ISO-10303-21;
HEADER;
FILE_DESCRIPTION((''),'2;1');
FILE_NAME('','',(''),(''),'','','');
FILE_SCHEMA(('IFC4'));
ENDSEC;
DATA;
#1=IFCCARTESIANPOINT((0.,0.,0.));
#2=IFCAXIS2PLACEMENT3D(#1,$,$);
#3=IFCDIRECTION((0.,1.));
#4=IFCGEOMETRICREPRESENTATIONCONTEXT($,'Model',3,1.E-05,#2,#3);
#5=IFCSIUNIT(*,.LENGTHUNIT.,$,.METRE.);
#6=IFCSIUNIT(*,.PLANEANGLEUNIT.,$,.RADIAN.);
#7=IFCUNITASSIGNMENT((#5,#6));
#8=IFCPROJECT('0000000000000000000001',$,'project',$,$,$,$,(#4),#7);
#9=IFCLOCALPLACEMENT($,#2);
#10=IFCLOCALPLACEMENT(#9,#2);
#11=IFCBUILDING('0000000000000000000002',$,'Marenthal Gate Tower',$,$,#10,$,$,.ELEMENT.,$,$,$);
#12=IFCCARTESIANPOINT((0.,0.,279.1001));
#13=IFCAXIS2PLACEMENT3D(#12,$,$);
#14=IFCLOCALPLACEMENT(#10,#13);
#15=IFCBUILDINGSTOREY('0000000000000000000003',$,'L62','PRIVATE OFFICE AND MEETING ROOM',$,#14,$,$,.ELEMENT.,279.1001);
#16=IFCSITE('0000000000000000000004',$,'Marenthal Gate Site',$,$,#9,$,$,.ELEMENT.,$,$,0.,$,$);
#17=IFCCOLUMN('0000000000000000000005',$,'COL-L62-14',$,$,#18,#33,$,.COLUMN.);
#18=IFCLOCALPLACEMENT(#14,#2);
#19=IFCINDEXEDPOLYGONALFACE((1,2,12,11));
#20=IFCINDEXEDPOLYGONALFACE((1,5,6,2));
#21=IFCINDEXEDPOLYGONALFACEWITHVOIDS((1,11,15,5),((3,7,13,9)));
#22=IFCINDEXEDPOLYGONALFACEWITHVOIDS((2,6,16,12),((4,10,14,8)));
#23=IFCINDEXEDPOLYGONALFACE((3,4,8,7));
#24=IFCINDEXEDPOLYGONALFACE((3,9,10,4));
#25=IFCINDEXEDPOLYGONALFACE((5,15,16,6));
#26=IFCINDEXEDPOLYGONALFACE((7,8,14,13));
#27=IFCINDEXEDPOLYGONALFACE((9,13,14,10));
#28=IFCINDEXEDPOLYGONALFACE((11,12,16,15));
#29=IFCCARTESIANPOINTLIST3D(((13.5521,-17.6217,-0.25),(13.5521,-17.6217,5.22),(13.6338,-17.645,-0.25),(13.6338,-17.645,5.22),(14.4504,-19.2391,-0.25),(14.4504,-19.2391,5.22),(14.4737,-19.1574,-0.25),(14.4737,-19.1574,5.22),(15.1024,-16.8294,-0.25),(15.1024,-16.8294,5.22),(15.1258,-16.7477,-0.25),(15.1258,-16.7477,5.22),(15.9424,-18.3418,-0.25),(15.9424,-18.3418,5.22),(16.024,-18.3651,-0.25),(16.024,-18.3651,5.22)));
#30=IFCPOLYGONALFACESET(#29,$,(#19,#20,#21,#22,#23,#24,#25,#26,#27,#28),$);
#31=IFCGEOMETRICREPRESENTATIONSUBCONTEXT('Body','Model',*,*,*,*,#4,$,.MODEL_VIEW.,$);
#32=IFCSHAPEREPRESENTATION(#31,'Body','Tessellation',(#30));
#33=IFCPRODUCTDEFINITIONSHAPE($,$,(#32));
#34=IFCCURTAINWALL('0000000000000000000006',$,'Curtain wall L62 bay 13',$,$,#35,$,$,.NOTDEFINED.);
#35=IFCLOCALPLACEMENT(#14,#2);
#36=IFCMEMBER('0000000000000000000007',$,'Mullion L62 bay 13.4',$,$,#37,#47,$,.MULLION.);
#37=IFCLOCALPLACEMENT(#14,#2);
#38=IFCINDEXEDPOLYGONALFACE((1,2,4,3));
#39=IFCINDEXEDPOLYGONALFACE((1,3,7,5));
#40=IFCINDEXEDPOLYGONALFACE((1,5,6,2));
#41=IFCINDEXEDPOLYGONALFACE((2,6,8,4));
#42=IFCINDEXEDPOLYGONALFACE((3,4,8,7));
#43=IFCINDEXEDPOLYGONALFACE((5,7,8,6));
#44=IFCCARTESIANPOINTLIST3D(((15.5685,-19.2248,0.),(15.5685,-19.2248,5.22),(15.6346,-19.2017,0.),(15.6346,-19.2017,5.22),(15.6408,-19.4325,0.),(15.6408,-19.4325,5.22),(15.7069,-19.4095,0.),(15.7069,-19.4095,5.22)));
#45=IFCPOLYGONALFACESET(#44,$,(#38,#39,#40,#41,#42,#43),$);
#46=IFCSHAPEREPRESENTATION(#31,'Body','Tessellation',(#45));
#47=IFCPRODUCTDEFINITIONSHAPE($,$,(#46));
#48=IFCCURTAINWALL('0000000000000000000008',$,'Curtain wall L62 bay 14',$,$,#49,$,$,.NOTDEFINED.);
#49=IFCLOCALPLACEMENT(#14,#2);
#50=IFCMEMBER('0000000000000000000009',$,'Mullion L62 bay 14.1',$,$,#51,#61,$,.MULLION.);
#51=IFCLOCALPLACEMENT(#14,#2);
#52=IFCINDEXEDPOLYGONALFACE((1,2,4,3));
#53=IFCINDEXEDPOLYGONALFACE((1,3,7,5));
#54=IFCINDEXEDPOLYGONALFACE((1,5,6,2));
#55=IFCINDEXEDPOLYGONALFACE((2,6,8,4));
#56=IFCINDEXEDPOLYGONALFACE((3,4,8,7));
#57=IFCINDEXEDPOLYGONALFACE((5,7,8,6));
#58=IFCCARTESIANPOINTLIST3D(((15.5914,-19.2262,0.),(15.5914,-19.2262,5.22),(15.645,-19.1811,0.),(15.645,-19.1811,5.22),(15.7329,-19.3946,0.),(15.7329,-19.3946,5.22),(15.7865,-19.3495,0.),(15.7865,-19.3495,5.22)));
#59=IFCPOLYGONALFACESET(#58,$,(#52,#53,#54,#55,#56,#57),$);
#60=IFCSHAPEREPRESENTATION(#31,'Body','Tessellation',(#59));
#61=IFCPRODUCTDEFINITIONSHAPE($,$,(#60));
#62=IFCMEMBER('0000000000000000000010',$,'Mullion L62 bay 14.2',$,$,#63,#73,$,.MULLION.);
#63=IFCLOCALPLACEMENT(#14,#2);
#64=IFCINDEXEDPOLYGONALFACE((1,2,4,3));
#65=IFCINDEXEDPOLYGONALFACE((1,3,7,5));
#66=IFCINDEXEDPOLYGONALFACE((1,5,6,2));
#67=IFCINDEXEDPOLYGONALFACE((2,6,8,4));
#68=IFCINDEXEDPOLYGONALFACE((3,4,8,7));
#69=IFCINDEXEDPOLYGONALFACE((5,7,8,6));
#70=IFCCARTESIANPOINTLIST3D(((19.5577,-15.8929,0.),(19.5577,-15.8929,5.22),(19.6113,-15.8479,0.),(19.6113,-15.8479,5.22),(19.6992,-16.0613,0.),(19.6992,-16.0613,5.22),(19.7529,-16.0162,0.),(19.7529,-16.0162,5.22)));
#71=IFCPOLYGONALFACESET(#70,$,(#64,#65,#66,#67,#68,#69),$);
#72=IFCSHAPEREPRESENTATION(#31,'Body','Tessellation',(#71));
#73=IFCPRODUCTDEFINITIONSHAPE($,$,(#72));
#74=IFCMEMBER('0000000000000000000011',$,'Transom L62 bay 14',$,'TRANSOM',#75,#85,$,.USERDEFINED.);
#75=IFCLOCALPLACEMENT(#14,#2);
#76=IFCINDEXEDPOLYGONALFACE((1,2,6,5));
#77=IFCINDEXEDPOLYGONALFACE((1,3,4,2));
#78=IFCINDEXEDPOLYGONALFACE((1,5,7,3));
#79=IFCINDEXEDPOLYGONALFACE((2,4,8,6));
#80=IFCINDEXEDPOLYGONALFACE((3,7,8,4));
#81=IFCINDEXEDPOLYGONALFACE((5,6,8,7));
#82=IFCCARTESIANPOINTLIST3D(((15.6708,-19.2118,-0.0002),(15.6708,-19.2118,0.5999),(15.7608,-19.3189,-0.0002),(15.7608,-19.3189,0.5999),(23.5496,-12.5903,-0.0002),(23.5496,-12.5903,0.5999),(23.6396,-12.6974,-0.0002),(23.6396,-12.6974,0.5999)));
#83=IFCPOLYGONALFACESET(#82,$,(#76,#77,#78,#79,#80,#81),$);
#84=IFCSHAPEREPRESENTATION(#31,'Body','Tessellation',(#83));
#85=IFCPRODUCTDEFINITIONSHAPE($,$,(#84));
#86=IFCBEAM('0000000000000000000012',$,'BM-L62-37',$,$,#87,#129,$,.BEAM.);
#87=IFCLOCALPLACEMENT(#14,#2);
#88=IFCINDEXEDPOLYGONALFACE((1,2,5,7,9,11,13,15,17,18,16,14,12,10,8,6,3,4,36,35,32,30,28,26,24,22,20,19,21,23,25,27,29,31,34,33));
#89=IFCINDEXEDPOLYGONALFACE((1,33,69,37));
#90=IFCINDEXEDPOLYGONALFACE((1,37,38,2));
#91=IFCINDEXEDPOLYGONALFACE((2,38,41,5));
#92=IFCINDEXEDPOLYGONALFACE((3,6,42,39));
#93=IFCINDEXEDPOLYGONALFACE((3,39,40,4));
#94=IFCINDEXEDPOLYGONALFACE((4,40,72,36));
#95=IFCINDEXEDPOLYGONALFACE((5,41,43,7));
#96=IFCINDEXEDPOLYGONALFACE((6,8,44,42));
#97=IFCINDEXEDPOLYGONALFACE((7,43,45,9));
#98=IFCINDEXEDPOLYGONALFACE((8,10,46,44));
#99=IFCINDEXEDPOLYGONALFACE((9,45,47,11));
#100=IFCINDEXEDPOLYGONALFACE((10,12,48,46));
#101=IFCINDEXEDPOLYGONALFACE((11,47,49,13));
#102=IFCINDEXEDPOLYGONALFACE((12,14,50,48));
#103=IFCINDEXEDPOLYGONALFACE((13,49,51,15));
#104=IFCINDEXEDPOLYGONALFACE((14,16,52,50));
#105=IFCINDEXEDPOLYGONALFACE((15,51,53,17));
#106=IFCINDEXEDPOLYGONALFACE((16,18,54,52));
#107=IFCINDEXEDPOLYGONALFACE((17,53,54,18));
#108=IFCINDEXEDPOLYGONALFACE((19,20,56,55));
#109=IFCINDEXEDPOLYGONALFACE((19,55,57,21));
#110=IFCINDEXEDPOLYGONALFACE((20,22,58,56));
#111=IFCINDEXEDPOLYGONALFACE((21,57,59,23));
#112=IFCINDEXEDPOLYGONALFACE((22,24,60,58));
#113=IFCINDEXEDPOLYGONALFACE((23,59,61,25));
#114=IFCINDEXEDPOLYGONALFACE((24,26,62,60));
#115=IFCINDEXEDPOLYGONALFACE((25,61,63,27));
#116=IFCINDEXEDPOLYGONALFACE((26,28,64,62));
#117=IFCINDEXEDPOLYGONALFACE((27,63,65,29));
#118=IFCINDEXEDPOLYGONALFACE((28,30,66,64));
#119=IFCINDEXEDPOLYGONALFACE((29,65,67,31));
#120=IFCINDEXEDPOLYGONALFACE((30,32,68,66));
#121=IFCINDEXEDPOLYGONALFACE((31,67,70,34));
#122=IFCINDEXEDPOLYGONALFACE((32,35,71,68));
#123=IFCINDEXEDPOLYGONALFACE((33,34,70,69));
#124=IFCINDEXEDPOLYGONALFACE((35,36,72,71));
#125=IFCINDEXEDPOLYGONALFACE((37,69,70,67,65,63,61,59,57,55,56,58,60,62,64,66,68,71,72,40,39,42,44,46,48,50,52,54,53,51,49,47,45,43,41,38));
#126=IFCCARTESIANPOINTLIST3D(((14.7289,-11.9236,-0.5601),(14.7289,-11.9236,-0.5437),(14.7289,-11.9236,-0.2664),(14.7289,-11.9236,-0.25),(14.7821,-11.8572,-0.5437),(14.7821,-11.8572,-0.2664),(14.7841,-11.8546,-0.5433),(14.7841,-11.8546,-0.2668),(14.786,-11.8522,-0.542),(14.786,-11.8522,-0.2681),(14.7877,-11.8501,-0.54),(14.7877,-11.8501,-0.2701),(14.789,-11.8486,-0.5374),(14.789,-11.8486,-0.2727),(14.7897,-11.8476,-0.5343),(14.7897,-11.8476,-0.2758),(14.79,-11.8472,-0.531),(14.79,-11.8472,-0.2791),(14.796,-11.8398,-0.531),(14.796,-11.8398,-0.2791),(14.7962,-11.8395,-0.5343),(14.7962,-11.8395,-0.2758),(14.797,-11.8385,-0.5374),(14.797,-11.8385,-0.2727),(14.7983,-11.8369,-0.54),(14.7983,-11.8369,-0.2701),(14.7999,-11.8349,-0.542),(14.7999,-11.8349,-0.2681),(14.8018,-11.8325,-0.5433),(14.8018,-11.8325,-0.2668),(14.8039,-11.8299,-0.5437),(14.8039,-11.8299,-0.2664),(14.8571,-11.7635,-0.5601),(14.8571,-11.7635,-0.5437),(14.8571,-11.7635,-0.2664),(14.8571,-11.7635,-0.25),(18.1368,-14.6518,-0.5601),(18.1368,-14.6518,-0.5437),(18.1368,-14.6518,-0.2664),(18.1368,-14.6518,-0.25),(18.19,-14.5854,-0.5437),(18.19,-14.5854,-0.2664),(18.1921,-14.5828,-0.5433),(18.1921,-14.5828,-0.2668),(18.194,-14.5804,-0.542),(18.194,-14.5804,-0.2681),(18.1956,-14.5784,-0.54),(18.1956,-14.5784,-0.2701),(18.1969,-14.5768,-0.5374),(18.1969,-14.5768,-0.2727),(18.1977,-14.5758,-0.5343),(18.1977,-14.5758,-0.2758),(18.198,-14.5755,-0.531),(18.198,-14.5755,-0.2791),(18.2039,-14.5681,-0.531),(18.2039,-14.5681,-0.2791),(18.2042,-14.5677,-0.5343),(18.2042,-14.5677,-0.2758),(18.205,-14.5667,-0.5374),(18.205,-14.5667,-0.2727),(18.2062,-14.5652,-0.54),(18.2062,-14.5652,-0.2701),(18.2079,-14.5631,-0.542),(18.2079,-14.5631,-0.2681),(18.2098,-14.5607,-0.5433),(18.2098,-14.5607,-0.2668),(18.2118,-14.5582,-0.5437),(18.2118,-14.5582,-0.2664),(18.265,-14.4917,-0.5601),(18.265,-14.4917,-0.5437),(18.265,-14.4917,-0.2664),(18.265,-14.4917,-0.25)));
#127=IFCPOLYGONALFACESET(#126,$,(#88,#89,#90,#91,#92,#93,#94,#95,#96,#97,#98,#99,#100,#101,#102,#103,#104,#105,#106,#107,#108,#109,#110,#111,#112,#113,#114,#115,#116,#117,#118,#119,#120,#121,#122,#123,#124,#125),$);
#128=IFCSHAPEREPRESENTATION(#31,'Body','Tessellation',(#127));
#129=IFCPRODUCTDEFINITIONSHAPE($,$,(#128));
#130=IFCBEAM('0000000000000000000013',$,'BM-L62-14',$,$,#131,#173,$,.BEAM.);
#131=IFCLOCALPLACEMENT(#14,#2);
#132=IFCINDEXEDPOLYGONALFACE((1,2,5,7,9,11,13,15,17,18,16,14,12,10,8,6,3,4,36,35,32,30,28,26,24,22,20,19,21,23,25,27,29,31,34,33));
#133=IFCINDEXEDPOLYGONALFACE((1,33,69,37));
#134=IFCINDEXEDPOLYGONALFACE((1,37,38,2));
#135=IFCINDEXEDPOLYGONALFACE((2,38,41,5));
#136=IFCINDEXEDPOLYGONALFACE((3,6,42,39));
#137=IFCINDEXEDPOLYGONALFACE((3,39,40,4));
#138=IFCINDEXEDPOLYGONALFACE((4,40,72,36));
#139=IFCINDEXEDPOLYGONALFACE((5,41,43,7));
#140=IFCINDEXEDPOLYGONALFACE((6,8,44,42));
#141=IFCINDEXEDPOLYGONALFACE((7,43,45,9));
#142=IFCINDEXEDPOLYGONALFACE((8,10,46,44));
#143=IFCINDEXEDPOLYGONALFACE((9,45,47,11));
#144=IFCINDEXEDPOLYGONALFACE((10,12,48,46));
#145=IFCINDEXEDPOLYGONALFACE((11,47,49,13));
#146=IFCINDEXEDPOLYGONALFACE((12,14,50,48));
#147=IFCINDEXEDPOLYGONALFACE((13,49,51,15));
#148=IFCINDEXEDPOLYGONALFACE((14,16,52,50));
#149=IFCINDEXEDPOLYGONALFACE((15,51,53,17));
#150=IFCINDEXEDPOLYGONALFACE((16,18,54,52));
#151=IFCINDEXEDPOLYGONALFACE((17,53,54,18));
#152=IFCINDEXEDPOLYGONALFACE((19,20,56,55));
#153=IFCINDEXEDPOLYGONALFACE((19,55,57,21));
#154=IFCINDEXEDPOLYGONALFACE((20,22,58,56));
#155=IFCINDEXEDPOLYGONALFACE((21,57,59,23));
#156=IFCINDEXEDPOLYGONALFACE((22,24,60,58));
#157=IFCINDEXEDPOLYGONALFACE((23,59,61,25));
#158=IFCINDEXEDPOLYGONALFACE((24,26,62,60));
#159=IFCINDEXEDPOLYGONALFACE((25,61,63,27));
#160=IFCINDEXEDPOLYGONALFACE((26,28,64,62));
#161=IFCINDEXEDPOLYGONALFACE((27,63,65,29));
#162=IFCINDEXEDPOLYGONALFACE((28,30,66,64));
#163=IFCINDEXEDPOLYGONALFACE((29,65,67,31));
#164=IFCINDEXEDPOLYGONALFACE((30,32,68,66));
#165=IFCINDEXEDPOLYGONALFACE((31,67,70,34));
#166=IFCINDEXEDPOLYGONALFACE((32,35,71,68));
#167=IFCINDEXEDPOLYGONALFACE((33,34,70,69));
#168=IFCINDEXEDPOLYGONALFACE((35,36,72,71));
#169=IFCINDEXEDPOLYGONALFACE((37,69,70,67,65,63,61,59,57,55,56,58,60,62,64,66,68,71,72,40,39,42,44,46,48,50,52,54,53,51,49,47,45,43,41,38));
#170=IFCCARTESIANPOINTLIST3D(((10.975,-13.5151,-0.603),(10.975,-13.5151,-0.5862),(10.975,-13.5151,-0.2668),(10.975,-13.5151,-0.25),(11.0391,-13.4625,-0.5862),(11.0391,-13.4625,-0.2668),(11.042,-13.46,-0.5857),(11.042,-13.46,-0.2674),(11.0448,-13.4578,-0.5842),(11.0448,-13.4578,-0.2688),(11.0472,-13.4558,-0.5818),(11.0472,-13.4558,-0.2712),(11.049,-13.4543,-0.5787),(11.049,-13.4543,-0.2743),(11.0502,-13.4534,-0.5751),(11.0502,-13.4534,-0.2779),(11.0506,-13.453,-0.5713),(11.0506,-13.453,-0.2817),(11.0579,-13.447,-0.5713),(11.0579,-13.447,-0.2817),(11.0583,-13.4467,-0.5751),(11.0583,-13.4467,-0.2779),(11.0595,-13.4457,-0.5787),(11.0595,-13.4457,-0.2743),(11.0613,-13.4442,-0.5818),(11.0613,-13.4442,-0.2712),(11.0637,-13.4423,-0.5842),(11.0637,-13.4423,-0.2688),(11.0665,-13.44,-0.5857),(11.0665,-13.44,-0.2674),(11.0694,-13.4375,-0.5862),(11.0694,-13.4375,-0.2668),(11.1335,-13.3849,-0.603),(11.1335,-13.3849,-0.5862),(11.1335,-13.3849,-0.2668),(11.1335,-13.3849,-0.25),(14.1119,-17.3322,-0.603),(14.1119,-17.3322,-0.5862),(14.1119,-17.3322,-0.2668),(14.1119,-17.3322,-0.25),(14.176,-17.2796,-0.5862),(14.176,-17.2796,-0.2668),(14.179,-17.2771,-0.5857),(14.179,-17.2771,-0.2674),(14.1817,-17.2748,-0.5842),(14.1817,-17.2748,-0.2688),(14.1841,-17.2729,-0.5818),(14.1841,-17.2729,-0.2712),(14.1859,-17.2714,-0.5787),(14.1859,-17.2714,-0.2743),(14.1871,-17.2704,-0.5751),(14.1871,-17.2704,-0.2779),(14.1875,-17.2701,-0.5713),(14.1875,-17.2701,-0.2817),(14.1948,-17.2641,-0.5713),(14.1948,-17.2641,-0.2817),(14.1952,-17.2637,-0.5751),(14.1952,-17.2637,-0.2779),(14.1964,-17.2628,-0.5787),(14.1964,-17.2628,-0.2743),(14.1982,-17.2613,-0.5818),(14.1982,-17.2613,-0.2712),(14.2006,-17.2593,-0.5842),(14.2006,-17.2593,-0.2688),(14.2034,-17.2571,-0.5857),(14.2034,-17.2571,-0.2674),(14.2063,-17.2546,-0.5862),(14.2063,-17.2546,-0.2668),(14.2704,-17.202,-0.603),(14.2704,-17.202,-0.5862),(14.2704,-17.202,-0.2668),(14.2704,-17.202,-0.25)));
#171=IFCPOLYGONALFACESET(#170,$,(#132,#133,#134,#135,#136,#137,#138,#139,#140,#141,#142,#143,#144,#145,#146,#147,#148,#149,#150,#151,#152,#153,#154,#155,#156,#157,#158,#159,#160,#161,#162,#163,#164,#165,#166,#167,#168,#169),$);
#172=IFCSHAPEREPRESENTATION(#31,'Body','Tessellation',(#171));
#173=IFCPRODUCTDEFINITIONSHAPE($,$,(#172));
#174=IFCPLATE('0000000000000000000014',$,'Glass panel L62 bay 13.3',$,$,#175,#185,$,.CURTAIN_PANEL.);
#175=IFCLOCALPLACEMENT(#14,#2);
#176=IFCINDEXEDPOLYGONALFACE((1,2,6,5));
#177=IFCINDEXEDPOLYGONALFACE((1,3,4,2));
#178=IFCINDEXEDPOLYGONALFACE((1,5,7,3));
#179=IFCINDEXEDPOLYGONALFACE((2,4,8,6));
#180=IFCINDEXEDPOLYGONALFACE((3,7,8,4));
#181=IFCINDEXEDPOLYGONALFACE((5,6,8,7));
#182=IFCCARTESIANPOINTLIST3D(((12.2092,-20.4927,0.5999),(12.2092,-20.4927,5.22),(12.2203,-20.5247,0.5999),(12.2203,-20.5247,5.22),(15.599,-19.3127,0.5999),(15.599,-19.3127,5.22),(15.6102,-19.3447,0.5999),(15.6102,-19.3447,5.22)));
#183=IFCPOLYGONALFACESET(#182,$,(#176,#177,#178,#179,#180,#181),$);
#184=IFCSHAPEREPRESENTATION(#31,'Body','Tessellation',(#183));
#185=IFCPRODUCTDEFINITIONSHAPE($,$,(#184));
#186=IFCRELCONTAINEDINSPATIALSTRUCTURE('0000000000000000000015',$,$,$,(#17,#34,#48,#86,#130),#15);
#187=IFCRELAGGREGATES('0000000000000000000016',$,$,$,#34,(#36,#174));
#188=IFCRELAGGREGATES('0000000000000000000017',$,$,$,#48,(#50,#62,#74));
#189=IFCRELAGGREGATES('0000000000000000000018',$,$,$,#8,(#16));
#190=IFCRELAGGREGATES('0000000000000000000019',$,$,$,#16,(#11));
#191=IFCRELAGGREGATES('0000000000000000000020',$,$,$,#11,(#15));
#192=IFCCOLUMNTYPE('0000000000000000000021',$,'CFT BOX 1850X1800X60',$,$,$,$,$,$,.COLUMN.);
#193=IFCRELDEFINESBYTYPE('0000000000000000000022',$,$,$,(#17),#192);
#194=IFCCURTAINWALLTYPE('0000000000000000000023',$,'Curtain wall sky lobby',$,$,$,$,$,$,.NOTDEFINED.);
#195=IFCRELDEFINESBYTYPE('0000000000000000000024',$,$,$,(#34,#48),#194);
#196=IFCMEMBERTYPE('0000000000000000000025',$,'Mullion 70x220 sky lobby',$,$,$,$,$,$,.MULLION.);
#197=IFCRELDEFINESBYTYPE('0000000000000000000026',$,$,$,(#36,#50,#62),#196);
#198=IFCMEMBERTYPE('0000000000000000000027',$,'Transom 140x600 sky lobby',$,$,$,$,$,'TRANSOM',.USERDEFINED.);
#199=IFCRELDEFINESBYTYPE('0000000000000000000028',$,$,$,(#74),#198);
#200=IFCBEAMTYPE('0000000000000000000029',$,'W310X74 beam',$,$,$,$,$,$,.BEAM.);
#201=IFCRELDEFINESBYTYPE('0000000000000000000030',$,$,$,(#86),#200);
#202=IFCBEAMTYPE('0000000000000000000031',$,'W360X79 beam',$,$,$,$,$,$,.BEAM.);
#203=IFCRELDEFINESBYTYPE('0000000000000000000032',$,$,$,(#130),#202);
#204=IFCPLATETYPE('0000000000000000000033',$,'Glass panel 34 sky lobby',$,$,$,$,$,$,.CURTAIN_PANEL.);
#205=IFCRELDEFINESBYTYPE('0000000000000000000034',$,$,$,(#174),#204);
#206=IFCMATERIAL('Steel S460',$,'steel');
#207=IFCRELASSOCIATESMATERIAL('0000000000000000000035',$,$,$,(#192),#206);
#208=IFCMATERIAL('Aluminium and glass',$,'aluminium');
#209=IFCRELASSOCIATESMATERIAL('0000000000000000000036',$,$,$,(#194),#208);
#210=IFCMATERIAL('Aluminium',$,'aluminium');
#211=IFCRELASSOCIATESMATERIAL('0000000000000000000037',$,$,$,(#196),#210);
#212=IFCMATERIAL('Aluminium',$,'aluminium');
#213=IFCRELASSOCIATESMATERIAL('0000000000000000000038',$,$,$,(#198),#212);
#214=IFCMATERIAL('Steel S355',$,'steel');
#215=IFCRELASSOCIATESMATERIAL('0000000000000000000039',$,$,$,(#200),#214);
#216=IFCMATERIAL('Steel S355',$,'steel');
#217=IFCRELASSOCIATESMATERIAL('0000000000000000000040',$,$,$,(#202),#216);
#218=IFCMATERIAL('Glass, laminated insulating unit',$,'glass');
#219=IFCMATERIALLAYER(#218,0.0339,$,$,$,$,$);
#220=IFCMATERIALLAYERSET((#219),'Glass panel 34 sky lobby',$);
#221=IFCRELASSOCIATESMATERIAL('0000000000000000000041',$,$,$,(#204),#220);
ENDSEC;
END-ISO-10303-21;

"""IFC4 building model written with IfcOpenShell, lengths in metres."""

from ifc_helpers import new_model, si_unit, direction, frame, origin, origin_2d, place, context, subcontext, project, spatial, rectangle, hollow_rectangle, i_section, extrude, material, layer, layer_set, material_profile, profile_set, type_object, element, aggregate, save


model = new_model("IFC4")

# Units and contexts
model_context = context("Model", 3, precision=1e-05, world=origin(), true_north=direction((0.0, 1.0)))
body_context = subcontext(model_context, "Body", "Model", "MODEL_VIEW")
ifc_project = project(units=[si_unit("LENGTHUNIT", "METRE"), si_unit("PLANEANGLEUNIT", "RADIAN")], contexts=[model_context])

# Site, building, storey
site_placement = place(None, origin())
site = spatial("IfcSite", under=ifc_project, at=site_placement, Name="Marenthal Gate Site", CompositionType="ELEMENT", RefElevation=0.0)
building_placement = place(site_placement, origin())
building = spatial("IfcBuilding", under=site, at=building_placement, Name="Marenthal Gate Tower", CompositionType="ELEMENT")
storey_placement = place(building_placement, frame((0.0, 0.0, 279.1001)))
storey = spatial("IfcBuildingStorey", under=building, at=storey_placement, Name="L62", Description="PRIVATE OFFICE AND MEETING ROOM", CompositionType="ELEMENT", Elevation=279.1001)

# Column
ifc_material_1 = material(Name="Steel S460", Category="steel")
ifc_material_profile_1 = material_profile(ifc_material_1, hollow_rectangle(XDim=1.8, YDim=1.8501, WallThickness=0.0601, at=origin_2d()), Name="CFT BOX 1850X1800X60")
ifc_material_2 = material(Name="Concrete 70 MPa", Category="concrete")
ifc_material_profile_2 = material_profile(ifc_material_2, rectangle(XDim=1.6799, YDim=1.73, at=origin_2d()), Name="CFT BOX 1850X1800X60 INFILL")
ifc_profile_set_1 = profile_set([ifc_material_profile_1, ifc_material_profile_2], Name="Steel S460 shell, Concrete 70 MPa infill")
column_type = type_object("IfcColumnType", Name="CFT BOX 1850X1800X60", PredefinedType="COLUMN", material=ifc_profile_set_1)
column_placement = place(storey_placement, frame((14.7881, -17.9934, -0.25), z_axis=(0.0, 0.0, 1.0), x_axis=(-0.874222, -0.485527, 0.0)))
element("IfcColumn", 1, at=column_placement, inside=storey, type_object=column_type, Name="COL-L62-14", PredefinedType="COLUMN", context=body_context, shape_type="SweptSolid", body=[
    extrude(hollow_rectangle(XDim=1.8, YDim=1.8501, WallThickness=0.0601, at=origin_2d()), origin(), (0.0, 0.0, 1.0), 5.47),
])

# Curtain wall, member
ifc_material_3 = material(Name="Aluminium and glass", Category="aluminium")
curtain_wall_type = type_object("IfcCurtainWallType", Name="Curtain wall sky lobby", PredefinedType="NOTDEFINED", material=ifc_material_3)
curtain_wall_1_placement = place(storey_placement, origin())
curtain_wall_1 = element("IfcCurtainWall", 2, at=curtain_wall_1_placement, inside=storey, type_object=curtain_wall_type, Name="Curtain wall L62 bay 13", PredefinedType="NOTDEFINED")
ifc_material_4 = material(Name="Aluminium", Category="aluminium")
ifc_material_profile_3 = material_profile(ifc_material_4, rectangle(XDim=0.22, YDim=0.0701, at=origin_2d()), Name="70x220 aluminium mullion")
ifc_profile_set_2 = profile_set([ifc_material_profile_3], Name="Aluminium")
member_type_1 = type_object("IfcMemberType", Name="Mullion 70x220 sky lobby", PredefinedType="MULLION", material=ifc_profile_set_2)
member_1_placement = place(storey_placement, frame((15.6377, -19.3171, 0.0), z_axis=(0.0, 0.0, 1.0), x_axis=(-0.328757, 0.944415, 0.0)))
member_1 = element("IfcMember", 3, at=member_1_placement, type_object=member_type_1, Name="Mullion L62 bay 13.4", PredefinedType="MULLION", context=body_context, shape_type="SweptSolid", body=[
    extrude(rectangle(XDim=0.22, YDim=0.0701, at=origin_2d()), origin(), (0.0, 0.0, 1.0), 5.22),
])

# Curtain wall, members
curtain_wall_2_placement = place(storey_placement, origin())
curtain_wall_2 = element("IfcCurtainWall", 4, at=curtain_wall_2_placement, inside=storey, type_object=curtain_wall_type, Name="Curtain wall L62 bay 14", PredefinedType="NOTDEFINED")
member_2_placement = place(storey_placement, frame((15.689, -19.2878, 0.0), z_axis=(0.0, 0.0, 1.0), x_axis=(-0.64338, 0.765547, 0.0)))
member_2 = element("IfcMember", 5, at=member_2_placement, type_object=member_type_1, Name="Mullion L62 bay 14.1", PredefinedType="MULLION", context=body_context, shape_type="SweptSolid", body=[
    extrude(rectangle(XDim=0.22, YDim=0.0701, at=origin_2d()), origin(), (0.0, 0.0, 1.0), 5.22),
])
member_3_placement = place(storey_placement, frame((19.6553, -15.9546, 0.0), z_axis=(0.0, 0.0, 1.0), x_axis=(-0.64338, 0.765547, 0.0)))
member_3 = element("IfcMember", 6, at=member_3_placement, type_object=member_type_1, Name="Mullion L62 bay 14.2", PredefinedType="MULLION", context=body_context, shape_type="SweptSolid", body=[
    extrude(rectangle(XDim=0.22, YDim=0.0701, at=origin_2d()), origin(), (0.0, 0.0, 1.0), 5.22),
])
ifc_material_5 = material(Name="Aluminium", Category="aluminium")
ifc_material_profile_4 = material_profile(ifc_material_5, rectangle(XDim=0.1399, YDim=0.6001, at=origin_2d()), Name="140x600 aluminium transom")
ifc_profile_set_3 = profile_set([ifc_material_profile_4], Name="Aluminium")
member_type_2 = type_object("IfcMemberType", Name="Transom 140x600 sky lobby", ElementType="TRANSOM", PredefinedType="USERDEFINED", material=ifc_profile_set_3)
member_4_placement = place(storey_placement, frame((15.7158, -19.2654, 0.2998), z_axis=(0.765547, 0.64338, 0.0), x_axis=(-0.64338, 0.765547, 0.0)))
member_4 = element("IfcMember", 7, at=member_4_placement, type_object=member_type_2, Name="Transom L62 bay 14", ObjectType="TRANSOM", PredefinedType="USERDEFINED", context=body_context, shape_type="SweptSolid", body=[
    extrude(rectangle(XDim=0.1399, YDim=0.6001, at=origin_2d()), origin(), (0.0, 0.0, 1.0), 10.2917),
])

# Beams
ifc_material_6 = material(Name="Steel S355", Category="steel")
ifc_material_profile_5 = material_profile(ifc_material_6, i_section(OverallWidth=0.2051, OverallDepth=0.3101, WebThickness=0.0095, FlangeThickness=0.0164, FilletRadius=0.0127, at=origin_2d()), Name="W310X74")
ifc_profile_set_4 = profile_set([ifc_material_profile_5], Name="Steel S355")
beam_type_1 = type_object("IfcBeamType", Name="W310X74 beam", PredefinedType="BEAM", material=ifc_profile_set_4)
beam_1_placement = place(storey_placement, frame((18.2009, -14.5718, -0.405), z_axis=(-0.780656, 0.624961, 0.0), x_axis=(-0.624961, -0.780656, 0.0)))
element("IfcBeam", 8, at=beam_1_placement, inside=storey, type_object=beam_type_1, Name="BM-L62-37", PredefinedType="BEAM", context=body_context, shape_type="SweptSolid", body=[
    extrude(i_section(OverallWidth=0.2051, OverallDepth=0.3101, WebThickness=0.0095, FlangeThickness=0.0164, FilletRadius=0.0127, at=origin_2d()), origin(), (0.0, 0.0, 1.0), 4.3655),
])
ifc_material_7 = material(Name="Steel S355", Category="steel")
ifc_material_profile_6 = material_profile(ifc_material_7, i_section(OverallWidth=0.2051, OverallDepth=0.353, WebThickness=0.0095, FlangeThickness=0.0168, FilletRadius=0.0149, at=origin_2d()), Name="W360X79")
ifc_profile_set_5 = profile_set([ifc_material_profile_6], Name="Steel S355")
beam_type_2 = type_object("IfcBeamType", Name="W360X79 beam", PredefinedType="BEAM", material=ifc_profile_set_5)
beam_2_placement = place(storey_placement, frame((14.1912, -17.2671, -0.4265), z_axis=(-0.634915, 0.772582, 0.0), x_axis=(-0.772582, -0.634915, 0.0)))
element("IfcBeam", 9, at=beam_2_placement, inside=storey, type_object=beam_type_2, Name="BM-L62-14", PredefinedType="BEAM", context=body_context, shape_type="SweptSolid", body=[
    extrude(i_section(OverallWidth=0.2051, OverallDepth=0.353, WebThickness=0.0095, FlangeThickness=0.0168, FilletRadius=0.0149, at=origin_2d()), origin(), (0.0, 0.0, 1.0), 4.9407),
])

# Plate
ifc_material_8 = material(Name="Glass, laminated insulating unit", Category="glass")
ifc_layer_1 = layer(ifc_material_8, 0.0339)
ifc_layer_set_1 = layer_set([ifc_layer_1], Name="Glass panel 34 sky lobby")
plate_type = type_object("IfcPlateType", Name="Glass panel 34 sky lobby", PredefinedType="CURTAIN_PANEL", material=ifc_layer_set_1)
plate_1_placement = place(storey_placement, frame((13.9097, -19.9187, 0.5999), z_axis=(0.0, 0.0, 1.0), x_axis=(0.944415, 0.328757, 0.0)))
plate_1 = element("IfcPlate", 10, at=plate_1_placement, type_object=plate_type, Name="Glass panel L62 bay 13.3", PredefinedType="CURTAIN_PANEL", context=body_context, shape_type="SweptSolid", body=[
    extrude(rectangle(XDim=3.5894, YDim=0.0339, at=origin_2d()), origin(), (0.0, 0.0, 1.0), 4.6201),
])
aggregate(curtain_wall_1, [member_1, plate_1])
aggregate(curtain_wall_2, [member_2, member_3, member_4])

save(model, "model.ifc")
